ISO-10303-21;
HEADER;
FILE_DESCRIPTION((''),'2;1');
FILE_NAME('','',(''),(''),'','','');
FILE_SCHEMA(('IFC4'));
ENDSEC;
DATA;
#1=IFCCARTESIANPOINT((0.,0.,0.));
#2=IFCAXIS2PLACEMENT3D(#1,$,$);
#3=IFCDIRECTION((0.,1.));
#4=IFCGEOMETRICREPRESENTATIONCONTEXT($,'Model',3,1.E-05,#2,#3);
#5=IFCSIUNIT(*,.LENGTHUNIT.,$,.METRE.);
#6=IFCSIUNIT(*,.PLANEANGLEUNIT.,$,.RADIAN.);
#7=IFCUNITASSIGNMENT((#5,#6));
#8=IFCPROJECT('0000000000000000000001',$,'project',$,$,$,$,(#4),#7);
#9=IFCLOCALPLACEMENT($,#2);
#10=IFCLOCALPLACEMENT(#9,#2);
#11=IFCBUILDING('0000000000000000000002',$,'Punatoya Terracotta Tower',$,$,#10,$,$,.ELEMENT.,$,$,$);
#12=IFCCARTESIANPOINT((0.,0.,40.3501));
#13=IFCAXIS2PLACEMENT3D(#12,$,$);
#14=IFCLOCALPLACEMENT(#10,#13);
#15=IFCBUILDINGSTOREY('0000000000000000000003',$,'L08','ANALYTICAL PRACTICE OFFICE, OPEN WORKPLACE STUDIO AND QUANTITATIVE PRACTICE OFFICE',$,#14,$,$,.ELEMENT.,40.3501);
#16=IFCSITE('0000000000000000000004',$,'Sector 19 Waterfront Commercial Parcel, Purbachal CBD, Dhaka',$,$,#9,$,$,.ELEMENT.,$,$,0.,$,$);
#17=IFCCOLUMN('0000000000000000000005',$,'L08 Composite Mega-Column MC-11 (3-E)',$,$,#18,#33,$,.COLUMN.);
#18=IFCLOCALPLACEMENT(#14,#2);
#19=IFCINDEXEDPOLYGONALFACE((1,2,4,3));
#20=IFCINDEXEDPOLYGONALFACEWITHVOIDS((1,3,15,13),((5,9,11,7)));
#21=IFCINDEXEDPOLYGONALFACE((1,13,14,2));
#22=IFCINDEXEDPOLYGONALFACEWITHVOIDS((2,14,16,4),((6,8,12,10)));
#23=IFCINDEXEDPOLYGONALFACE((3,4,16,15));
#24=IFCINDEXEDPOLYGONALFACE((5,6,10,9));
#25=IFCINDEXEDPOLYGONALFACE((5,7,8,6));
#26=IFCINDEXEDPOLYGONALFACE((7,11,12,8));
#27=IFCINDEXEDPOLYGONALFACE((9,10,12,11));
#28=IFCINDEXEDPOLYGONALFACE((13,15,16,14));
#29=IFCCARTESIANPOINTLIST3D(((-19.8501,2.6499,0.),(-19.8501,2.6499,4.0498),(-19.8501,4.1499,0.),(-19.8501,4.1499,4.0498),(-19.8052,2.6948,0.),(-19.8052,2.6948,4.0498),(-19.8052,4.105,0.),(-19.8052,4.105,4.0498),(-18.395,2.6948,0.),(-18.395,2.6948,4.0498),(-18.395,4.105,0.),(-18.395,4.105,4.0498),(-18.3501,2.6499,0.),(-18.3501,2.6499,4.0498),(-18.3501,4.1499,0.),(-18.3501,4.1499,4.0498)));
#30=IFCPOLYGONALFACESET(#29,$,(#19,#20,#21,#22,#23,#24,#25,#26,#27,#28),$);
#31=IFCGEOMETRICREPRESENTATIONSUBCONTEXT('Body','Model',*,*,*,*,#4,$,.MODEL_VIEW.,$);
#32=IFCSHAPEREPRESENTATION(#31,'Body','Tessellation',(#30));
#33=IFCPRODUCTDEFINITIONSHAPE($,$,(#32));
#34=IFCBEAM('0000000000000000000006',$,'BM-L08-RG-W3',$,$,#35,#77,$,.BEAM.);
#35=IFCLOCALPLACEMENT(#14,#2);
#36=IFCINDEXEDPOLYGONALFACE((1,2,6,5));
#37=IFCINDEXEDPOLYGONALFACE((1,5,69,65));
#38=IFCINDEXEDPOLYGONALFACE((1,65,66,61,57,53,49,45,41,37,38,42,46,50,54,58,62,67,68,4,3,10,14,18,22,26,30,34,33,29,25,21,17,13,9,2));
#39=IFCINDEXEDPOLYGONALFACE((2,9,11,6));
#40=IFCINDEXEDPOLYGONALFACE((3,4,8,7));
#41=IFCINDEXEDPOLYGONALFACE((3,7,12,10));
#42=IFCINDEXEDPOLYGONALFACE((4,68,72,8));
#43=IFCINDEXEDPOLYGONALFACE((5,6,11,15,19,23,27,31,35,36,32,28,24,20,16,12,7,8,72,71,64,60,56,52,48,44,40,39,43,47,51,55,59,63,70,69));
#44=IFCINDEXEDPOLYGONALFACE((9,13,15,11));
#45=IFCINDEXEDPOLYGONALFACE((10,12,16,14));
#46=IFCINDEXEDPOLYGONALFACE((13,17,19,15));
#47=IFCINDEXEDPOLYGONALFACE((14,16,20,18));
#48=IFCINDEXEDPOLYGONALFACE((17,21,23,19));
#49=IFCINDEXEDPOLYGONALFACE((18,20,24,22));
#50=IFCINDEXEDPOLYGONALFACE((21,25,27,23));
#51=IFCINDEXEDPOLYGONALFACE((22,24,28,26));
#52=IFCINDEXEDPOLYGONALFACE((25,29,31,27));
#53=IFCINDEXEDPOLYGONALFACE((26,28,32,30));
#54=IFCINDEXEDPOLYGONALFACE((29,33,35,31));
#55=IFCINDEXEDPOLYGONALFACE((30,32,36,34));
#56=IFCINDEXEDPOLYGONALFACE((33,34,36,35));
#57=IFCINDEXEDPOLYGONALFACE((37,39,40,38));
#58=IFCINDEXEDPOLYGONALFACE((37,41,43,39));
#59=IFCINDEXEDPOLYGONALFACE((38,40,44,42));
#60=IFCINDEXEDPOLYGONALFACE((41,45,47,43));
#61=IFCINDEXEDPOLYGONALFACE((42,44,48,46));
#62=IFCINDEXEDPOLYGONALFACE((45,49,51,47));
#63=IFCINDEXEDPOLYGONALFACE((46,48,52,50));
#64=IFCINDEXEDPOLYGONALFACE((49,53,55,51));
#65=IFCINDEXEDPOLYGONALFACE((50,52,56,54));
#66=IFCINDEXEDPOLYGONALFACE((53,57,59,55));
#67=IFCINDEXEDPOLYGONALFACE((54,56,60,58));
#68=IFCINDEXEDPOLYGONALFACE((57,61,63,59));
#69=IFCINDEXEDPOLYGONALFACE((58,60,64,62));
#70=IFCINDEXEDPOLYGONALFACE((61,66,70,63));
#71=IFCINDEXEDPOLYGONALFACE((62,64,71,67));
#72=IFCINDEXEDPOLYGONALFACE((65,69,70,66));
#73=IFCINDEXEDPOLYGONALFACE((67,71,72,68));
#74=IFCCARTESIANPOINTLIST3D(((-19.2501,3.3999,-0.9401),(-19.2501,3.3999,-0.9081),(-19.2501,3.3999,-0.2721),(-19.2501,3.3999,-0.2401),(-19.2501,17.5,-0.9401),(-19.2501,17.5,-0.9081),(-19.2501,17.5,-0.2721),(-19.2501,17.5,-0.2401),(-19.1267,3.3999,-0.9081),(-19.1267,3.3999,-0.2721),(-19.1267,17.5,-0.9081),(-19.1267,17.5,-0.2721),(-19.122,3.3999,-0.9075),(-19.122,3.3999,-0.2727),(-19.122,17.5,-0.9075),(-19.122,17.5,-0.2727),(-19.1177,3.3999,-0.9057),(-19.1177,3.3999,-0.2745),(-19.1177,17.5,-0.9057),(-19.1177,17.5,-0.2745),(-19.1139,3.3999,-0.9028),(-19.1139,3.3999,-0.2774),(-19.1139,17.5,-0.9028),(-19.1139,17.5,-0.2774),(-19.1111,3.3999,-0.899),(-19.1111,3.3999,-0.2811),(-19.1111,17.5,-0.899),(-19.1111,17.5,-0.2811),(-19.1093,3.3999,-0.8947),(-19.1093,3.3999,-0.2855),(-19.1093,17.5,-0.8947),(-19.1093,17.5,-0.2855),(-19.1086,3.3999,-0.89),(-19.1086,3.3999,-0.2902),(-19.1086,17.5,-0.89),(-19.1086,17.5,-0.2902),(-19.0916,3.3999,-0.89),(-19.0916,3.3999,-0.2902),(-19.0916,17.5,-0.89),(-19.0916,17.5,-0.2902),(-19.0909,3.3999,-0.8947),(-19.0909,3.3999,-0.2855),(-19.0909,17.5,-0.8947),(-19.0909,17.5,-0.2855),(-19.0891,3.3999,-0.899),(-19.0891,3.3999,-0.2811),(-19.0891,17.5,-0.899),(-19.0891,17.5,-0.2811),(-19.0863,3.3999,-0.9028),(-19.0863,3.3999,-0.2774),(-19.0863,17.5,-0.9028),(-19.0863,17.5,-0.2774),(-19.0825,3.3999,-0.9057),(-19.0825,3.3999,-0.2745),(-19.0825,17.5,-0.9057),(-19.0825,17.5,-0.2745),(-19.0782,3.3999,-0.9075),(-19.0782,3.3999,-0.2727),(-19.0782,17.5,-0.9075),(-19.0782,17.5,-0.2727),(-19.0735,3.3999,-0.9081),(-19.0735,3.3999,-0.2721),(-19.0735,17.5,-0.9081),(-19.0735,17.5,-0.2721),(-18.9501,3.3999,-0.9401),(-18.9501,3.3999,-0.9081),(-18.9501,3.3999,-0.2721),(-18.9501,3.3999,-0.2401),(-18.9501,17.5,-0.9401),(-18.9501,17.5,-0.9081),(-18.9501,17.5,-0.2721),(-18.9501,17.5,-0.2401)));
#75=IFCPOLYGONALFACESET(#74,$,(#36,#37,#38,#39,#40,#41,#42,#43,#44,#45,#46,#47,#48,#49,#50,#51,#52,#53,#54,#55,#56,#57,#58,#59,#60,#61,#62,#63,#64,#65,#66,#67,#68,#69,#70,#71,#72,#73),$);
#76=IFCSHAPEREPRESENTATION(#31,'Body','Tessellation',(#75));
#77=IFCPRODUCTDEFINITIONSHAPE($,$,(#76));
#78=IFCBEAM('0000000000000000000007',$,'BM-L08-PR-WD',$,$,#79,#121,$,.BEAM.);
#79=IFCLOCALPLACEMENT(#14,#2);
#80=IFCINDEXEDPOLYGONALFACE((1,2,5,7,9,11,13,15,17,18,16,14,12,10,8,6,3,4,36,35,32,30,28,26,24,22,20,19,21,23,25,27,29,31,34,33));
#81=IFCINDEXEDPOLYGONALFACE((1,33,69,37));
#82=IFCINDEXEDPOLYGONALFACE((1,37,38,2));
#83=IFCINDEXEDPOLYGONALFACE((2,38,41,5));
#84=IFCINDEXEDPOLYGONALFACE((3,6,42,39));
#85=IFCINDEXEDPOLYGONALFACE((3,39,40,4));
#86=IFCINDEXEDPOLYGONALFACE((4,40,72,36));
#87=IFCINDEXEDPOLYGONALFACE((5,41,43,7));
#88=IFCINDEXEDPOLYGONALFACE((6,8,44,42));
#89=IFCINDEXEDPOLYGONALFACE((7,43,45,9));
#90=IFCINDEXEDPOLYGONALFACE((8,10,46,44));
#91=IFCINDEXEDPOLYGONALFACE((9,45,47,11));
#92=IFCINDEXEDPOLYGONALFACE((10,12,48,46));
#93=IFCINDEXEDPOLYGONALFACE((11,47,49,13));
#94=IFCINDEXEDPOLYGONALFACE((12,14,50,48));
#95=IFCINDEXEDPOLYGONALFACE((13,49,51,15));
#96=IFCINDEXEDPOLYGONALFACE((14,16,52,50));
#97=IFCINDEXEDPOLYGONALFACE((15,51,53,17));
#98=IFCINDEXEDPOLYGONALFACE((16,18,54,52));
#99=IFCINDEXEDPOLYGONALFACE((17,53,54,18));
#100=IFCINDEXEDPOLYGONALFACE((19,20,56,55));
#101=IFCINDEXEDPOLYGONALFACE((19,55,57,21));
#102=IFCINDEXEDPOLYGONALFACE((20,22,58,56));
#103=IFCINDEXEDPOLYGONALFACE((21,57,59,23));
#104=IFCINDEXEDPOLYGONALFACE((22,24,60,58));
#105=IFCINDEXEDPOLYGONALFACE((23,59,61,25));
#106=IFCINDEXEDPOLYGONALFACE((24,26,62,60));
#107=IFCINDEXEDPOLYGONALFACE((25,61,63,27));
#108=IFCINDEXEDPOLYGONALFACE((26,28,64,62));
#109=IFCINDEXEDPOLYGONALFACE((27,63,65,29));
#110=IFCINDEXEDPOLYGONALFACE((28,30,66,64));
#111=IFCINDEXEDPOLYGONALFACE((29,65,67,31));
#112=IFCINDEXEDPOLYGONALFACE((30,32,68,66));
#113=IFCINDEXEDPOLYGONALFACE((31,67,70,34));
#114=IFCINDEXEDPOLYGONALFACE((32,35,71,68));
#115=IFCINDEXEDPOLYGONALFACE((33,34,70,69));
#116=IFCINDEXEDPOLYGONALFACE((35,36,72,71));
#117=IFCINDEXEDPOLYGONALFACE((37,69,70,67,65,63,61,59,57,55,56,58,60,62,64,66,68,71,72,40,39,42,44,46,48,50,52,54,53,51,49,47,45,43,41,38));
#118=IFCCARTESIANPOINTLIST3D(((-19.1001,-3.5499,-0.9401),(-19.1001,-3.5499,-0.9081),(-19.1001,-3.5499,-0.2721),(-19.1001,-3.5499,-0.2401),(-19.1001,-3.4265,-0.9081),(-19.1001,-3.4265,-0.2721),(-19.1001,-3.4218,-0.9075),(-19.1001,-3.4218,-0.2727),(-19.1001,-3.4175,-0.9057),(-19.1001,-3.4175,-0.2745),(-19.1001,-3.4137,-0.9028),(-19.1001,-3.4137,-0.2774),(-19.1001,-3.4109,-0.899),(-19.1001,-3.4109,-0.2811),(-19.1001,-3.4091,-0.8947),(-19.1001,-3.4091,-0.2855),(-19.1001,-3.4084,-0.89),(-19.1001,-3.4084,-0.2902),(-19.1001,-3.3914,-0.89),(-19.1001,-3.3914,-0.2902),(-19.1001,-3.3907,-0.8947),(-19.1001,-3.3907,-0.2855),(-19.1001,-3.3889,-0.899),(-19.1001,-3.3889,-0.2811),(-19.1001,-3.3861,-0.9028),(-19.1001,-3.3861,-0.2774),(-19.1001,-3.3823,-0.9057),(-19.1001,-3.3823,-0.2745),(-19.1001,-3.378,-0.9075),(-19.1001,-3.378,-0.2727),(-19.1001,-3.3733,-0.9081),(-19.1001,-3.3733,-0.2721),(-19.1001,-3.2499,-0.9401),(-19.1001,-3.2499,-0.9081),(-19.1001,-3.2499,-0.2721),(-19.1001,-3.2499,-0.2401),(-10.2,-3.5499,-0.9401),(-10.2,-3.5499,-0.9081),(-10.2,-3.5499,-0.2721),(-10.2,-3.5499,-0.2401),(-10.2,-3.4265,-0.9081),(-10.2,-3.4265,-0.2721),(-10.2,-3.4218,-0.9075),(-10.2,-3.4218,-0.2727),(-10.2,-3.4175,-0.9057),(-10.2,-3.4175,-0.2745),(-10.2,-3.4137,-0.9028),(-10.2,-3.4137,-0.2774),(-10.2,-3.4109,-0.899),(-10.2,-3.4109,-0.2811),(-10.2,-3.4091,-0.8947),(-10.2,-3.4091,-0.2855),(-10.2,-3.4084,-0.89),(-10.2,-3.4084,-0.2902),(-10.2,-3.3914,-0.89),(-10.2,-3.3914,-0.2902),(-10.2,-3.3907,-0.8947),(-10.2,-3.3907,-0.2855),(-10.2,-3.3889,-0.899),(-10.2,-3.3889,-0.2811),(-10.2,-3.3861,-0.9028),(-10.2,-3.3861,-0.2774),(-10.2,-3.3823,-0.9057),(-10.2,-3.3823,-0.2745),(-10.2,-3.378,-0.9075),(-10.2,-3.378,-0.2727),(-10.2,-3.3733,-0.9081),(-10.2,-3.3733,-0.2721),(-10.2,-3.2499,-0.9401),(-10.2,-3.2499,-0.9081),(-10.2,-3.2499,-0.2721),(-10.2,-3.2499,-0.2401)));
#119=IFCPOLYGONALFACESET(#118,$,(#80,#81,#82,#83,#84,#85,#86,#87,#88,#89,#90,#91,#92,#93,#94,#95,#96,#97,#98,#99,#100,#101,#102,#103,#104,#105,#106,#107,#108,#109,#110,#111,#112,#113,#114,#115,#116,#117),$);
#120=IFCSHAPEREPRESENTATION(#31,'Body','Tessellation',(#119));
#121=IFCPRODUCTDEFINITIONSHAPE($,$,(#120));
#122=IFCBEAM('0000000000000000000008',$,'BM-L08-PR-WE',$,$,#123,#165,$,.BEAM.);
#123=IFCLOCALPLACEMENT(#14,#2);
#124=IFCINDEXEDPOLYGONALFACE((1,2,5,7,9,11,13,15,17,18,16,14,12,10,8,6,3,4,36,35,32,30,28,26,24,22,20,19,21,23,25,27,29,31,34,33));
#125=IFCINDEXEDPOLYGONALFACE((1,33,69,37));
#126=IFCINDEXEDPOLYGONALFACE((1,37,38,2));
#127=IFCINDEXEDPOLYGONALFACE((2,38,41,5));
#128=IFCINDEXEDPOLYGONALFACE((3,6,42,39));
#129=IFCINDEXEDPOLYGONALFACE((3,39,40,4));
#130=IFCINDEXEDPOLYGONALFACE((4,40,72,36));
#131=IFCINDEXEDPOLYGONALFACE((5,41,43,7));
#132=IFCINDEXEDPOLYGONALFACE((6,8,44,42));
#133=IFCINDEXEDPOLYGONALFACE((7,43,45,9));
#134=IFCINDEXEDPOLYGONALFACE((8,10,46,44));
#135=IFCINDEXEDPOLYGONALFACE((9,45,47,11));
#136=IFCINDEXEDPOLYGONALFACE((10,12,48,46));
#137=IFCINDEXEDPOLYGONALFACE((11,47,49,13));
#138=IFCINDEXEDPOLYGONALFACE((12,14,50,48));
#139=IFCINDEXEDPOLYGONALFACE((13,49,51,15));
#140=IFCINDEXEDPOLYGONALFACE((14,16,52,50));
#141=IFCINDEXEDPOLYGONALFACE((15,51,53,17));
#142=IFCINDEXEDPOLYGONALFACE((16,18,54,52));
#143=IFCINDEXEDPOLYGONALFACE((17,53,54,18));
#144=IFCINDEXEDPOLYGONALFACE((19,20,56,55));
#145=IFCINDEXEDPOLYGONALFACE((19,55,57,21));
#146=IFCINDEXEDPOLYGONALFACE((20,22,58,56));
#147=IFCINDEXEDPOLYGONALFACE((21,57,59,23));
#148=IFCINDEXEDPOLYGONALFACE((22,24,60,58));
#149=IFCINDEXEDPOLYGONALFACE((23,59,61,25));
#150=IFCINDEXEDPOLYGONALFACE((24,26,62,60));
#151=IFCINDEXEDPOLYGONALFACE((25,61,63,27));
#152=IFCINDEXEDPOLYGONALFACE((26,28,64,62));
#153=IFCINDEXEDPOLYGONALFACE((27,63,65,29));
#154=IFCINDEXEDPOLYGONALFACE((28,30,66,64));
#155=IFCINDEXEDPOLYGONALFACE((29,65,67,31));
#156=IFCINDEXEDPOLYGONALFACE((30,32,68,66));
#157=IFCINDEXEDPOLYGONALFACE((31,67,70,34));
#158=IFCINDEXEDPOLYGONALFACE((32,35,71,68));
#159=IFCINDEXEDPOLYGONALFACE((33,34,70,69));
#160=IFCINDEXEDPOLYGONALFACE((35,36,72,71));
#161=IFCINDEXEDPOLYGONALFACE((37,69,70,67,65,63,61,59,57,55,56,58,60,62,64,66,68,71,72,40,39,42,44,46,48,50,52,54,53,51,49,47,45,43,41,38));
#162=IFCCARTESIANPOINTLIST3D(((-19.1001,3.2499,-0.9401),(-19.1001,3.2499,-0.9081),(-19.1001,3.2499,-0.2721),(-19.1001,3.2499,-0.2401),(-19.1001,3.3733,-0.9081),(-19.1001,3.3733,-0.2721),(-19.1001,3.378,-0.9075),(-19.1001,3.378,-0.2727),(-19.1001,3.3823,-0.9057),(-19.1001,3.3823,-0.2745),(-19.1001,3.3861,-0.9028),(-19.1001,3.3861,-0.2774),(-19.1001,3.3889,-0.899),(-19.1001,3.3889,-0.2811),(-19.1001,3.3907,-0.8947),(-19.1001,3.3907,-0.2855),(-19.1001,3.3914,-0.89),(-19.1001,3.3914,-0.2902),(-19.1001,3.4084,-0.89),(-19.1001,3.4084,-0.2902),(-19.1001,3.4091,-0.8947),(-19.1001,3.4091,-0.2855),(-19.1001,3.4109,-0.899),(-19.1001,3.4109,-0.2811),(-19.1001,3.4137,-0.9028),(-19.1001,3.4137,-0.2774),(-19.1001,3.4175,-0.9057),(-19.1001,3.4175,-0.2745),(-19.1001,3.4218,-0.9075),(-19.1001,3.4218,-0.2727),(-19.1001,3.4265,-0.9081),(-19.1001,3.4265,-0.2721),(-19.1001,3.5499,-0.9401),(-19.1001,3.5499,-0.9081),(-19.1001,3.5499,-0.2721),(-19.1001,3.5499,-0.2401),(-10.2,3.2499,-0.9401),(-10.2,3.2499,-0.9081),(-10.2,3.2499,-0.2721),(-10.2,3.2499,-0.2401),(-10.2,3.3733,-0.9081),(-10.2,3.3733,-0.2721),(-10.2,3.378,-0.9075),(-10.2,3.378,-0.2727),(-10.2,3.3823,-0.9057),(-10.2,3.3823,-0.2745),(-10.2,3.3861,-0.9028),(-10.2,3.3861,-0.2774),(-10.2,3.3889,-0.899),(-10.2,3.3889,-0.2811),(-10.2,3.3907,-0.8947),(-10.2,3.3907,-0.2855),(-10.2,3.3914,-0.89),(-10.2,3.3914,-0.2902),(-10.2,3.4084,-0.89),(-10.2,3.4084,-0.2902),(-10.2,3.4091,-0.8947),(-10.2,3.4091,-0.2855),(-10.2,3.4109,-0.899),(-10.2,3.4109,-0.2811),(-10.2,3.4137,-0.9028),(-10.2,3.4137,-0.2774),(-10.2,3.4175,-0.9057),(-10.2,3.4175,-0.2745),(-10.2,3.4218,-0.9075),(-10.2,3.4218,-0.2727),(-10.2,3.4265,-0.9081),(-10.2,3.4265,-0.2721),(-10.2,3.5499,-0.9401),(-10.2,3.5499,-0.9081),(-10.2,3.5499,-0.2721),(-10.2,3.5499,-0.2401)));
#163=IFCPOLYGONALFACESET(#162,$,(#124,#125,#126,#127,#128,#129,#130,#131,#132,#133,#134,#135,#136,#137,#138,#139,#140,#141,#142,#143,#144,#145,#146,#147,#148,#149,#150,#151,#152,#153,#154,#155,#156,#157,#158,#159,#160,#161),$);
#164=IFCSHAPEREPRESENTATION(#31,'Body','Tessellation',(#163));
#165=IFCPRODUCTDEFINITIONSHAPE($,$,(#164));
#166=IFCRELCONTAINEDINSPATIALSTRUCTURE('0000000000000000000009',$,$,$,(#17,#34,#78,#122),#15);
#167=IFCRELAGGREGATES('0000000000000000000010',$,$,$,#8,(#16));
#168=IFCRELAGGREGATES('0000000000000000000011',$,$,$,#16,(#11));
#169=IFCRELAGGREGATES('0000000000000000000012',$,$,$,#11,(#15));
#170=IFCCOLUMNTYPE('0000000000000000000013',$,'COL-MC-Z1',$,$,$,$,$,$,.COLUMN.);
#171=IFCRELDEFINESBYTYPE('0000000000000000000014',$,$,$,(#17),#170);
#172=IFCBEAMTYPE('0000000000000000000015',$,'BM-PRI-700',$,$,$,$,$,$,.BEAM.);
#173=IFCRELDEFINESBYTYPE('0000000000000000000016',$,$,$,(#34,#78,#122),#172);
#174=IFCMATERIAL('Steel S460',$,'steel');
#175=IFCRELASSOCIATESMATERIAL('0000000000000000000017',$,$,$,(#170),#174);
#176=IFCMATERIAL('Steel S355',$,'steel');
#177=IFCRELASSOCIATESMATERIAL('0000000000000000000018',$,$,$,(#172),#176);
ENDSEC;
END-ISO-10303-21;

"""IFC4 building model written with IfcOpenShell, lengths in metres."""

from ifc_helpers import new_model, si_unit, direction, frame, origin, origin_2d, place, context, subcontext, project, spatial, hollow_rectangle, i_section, extrude, material, material_profile, profile_set, type_object, element, save


model = new_model("IFC4")

# Units and contexts
model_context = context("Model", 3, precision=1e-05, world=origin(), true_north=direction((0.0, 1.0)))
body_context = subcontext(model_context, "Body", "Model", "MODEL_VIEW")
ifc_project = project(units=[si_unit("LENGTHUNIT", "METRE"), si_unit("PLANEANGLEUNIT", "RADIAN")], contexts=[model_context])

# Site, building, storey
site_placement = place(None, origin())
site = spatial("IfcSite", under=ifc_project, at=site_placement, Name="Sector 19 Waterfront Commercial Parcel, Purbachal CBD, Dhaka", CompositionType="ELEMENT", RefElevation=0.0)
building_placement = place(site_placement, origin())
building = spatial("IfcBuilding", under=site, at=building_placement, Name="Punatoya Terracotta Tower", CompositionType="ELEMENT")
storey_placement = place(building_placement, frame((0.0, 0.0, 40.3501)))
storey = spatial("IfcBuildingStorey", under=building, at=storey_placement, Name="L08", Description="ANALYTICAL PRACTICE OFFICE, OPEN WORKPLACE STUDIO AND QUANTITATIVE PRACTICE OFFICE", CompositionType="ELEMENT", Elevation=40.3501)

# Column
ifc_material_1 = material(Name="Steel S460", Category="steel")
ifc_material_profile_1 = material_profile(ifc_material_1, hollow_rectangle(XDim=1.5, YDim=1.5, WallThickness=0.0449, at=origin_2d()))
ifc_profile_set_1 = profile_set([ifc_material_profile_1], Name="Steel S460")
column_type = type_object("IfcColumnType", Name="COL-MC-Z1", PredefinedType="COLUMN", material=ifc_profile_set_1)
column_placement = place(storey_placement, frame((-19.1001, 3.3999, 0.0), z_axis=(0.0, 0.0, 1.0), x_axis=(1.0, 0.0, 0.0)))
element("IfcColumn", 1, at=column_placement, inside=storey, type_object=column_type, Name="L08 Composite Mega-Column MC-11 (3-E)", PredefinedType="COLUMN", context=body_context, shape_type="SweptSolid", body=[
    extrude(hollow_rectangle(XDim=1.5, YDim=1.5, WallThickness=0.0449, at=origin_2d()), origin(), (0.0, 0.0, 1.0), 4.0498),
])

# Beams
ifc_material_2 = material(Name="Steel S355", Category="steel")
ifc_material_profile_2 = material_profile(ifc_material_2, i_section(OverallWidth=0.3, OverallDepth=0.7, WebThickness=0.0171, FlangeThickness=0.032, FilletRadius=0.0181, at=origin_2d()))
ifc_profile_set_2 = profile_set([ifc_material_profile_2], Name="Steel S355")
beam_type_1 = type_object("IfcBeamType", Name="BM-PRI-700", PredefinedType="BEAM", material=ifc_profile_set_2)
beam_1_placement = place(storey_placement, frame((-19.1001, 3.3999, -0.5901), z_axis=(0.0, 1.0, 0.0), x_axis=(-1.0, 0.0, 0.0)))
element("IfcBeam", 2, at=beam_1_placement, inside=storey, type_object=beam_type_1, Name="BM-L08-RG-W3", PredefinedType="BEAM", context=body_context, shape_type="SweptSolid", body=[
    extrude(i_section(OverallWidth=0.3, OverallDepth=0.7, WebThickness=0.0171, FlangeThickness=0.032, FilletRadius=0.0181, at=origin_2d()), origin(), (0.0, 0.0, 1.0), 14.1001),
])
for number, where, z_axis, x_axis, name in (
    (3, (-19.1001, -3.3999, -0.5901), (1.0, 0.0, 0.0), (0.0, 1.0, 0.0), "BM-L08-PR-WD"),
    (4, (-19.1001, 3.3999, -0.5901), (1.0, 0.0, 0.0), (0.0, 1.0, 0.0), "BM-L08-PR-WE"),
):
    element("IfcBeam", number, at=place(storey_placement, frame(where, z_axis=z_axis, x_axis=x_axis)), inside=storey, type_object=beam_type_1, Name=name, PredefinedType="BEAM", context=body_context, shape_type="SweptSolid", body=[
        extrude(i_section(OverallWidth=0.3, OverallDepth=0.7, WebThickness=0.0171, FlangeThickness=0.032, FilletRadius=0.0181, at=origin_2d()), origin(), (0.0, 0.0, 1.0), 8.9001),
    ])

save(model, "model.ifc")
